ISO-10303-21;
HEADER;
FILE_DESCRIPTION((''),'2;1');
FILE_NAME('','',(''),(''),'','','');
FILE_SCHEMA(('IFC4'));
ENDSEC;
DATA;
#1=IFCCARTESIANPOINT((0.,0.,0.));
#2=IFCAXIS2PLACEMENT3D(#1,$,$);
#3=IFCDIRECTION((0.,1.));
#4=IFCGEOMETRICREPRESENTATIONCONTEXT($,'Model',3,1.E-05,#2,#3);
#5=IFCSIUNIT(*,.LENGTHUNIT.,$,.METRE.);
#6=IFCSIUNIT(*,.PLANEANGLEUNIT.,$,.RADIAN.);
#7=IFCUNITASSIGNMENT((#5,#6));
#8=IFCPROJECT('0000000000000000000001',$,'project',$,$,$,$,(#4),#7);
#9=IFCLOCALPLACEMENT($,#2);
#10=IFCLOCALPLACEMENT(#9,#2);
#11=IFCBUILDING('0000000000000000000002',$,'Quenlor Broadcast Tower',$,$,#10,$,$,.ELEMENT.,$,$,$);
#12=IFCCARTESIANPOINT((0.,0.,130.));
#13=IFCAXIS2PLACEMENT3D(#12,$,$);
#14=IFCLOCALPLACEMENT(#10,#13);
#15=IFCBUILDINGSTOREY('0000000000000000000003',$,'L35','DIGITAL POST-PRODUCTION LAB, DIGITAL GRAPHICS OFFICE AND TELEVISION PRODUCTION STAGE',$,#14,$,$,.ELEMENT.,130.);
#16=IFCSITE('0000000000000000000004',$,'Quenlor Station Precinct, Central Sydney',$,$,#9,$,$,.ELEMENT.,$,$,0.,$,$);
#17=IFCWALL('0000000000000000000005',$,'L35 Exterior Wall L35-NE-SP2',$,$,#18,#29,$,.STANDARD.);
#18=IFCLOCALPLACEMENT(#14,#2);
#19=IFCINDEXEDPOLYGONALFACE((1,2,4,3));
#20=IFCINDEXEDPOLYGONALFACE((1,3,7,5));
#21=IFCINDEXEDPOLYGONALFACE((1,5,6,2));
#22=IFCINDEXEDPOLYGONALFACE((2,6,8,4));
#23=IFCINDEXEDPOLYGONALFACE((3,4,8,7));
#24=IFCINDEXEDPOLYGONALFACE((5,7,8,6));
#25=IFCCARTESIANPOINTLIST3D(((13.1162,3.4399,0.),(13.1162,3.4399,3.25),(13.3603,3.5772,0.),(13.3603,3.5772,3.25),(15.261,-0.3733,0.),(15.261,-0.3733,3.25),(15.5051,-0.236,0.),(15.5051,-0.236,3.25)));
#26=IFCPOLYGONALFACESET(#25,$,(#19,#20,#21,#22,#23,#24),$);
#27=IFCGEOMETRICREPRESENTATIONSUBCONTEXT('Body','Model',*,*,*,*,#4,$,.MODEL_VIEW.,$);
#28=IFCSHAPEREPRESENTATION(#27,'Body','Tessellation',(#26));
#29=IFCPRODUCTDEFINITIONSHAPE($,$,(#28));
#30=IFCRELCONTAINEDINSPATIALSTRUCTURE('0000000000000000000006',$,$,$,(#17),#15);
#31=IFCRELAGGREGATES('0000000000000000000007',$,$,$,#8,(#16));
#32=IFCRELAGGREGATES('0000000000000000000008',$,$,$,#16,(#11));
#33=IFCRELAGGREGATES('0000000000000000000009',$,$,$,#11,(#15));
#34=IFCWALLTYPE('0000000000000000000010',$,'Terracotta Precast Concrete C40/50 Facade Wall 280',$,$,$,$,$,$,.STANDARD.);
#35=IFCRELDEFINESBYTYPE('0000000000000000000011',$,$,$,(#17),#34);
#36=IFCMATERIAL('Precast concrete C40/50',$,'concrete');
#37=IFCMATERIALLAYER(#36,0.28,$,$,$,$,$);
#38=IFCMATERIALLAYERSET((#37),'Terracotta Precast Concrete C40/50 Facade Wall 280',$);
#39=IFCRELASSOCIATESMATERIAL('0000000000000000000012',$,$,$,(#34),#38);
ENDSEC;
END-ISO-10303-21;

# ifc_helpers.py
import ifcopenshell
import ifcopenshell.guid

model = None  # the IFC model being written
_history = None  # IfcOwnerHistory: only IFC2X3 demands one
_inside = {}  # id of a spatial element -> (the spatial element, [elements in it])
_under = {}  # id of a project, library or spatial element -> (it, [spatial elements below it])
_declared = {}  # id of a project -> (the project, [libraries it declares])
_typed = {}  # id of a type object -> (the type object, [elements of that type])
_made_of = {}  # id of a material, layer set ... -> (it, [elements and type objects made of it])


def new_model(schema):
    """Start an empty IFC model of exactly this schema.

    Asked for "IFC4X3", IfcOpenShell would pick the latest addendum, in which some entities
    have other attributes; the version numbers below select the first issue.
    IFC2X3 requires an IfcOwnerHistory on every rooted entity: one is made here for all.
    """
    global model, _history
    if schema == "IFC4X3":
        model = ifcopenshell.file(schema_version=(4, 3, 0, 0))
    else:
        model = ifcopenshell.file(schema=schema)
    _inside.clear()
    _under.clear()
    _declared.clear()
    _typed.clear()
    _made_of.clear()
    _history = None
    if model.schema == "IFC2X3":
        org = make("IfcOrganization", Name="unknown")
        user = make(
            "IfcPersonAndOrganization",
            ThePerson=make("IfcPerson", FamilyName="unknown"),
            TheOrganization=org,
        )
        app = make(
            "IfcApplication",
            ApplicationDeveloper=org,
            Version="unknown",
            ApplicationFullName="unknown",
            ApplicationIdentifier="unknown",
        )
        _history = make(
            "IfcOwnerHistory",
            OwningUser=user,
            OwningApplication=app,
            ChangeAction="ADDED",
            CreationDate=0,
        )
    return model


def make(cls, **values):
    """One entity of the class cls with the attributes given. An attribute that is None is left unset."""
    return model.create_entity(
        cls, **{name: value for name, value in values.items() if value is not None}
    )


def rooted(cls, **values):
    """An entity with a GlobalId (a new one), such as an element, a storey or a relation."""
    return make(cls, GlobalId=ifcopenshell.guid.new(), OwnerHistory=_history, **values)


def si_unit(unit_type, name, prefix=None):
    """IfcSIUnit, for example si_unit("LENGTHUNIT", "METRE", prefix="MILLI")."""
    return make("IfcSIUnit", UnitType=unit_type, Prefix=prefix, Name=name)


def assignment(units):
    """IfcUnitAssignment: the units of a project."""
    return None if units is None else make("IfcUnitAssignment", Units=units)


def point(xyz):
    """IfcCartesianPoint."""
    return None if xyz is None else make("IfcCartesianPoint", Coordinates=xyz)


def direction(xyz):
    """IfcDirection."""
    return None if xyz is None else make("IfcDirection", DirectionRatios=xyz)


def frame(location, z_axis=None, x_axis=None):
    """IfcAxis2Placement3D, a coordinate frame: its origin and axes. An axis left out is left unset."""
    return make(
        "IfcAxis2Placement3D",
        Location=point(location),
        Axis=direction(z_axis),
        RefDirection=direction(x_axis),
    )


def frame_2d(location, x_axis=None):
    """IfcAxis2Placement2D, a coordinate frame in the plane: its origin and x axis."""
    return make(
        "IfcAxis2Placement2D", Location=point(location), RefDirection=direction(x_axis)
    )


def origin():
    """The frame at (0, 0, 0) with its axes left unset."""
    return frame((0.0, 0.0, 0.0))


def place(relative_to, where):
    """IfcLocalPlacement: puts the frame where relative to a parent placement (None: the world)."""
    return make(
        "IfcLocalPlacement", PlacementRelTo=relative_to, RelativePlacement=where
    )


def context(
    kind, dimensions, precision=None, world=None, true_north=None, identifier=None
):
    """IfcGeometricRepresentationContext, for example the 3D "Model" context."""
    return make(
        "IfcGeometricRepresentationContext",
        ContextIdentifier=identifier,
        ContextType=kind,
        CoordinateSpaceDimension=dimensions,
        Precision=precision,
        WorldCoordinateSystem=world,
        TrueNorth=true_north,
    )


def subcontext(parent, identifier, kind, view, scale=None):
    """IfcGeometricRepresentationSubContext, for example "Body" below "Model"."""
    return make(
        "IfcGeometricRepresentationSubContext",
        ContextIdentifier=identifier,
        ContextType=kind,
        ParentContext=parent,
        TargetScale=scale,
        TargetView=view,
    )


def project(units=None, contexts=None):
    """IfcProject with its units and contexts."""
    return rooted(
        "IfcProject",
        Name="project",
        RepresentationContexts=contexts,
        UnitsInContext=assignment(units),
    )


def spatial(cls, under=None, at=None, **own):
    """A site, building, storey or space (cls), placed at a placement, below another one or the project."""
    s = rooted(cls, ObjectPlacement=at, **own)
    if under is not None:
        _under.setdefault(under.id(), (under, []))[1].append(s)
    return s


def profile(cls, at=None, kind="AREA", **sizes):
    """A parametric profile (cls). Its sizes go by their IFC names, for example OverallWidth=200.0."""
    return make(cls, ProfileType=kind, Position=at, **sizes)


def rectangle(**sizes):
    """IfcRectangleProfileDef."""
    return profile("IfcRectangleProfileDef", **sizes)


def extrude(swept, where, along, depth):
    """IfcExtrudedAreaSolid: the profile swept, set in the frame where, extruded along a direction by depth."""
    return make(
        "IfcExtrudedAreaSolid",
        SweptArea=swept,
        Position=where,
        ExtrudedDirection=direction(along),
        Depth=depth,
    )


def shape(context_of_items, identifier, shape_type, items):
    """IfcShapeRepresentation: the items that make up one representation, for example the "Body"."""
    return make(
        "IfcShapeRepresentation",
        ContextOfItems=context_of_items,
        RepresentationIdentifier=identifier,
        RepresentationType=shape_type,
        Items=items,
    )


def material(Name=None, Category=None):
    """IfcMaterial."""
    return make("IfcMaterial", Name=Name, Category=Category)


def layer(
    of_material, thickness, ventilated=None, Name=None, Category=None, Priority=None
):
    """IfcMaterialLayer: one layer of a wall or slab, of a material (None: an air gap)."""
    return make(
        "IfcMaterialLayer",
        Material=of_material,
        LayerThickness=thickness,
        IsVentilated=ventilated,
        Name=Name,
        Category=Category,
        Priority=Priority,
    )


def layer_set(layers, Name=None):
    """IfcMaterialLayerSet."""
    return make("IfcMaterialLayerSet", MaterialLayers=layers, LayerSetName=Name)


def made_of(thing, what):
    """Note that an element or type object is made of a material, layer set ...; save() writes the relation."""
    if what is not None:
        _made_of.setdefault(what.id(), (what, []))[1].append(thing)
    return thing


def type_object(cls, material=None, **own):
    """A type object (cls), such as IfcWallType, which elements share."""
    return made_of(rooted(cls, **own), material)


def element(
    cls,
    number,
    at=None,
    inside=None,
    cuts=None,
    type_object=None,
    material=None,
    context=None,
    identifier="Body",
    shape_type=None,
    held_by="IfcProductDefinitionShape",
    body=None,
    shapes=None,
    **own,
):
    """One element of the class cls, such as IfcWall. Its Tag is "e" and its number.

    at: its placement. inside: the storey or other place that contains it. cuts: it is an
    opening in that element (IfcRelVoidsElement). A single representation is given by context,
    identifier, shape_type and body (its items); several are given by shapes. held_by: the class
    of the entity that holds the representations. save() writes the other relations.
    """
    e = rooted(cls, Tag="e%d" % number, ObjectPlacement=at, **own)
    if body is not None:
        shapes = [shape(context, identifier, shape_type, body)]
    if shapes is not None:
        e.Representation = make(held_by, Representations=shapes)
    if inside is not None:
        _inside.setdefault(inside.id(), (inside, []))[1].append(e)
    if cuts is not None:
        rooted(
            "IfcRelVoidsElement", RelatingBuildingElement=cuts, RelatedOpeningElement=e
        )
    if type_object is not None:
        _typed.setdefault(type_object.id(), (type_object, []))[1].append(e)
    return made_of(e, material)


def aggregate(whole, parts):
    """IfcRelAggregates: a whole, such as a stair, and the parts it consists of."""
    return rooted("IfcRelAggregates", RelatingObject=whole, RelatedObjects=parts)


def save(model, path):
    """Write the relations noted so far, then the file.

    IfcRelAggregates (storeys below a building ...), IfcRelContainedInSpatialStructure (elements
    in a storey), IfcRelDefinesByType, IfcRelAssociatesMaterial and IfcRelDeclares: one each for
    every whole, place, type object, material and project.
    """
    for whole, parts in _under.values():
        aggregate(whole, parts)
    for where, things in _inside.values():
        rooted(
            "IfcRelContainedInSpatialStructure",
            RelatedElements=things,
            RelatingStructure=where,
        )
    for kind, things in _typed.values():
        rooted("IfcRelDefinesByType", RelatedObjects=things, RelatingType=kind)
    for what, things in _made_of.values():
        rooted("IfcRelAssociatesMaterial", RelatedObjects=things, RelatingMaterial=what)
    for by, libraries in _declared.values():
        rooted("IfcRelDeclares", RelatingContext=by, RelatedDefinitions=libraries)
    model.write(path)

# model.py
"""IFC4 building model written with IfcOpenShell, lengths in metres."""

from ifc_helpers import new_model, si_unit, direction, frame, frame_2d, origin, place, context, subcontext, project, spatial, rectangle, extrude, material, layer, layer_set, type_object, element, save


model = new_model("IFC4")

# Units and contexts
model_context = context("Model", 3, precision=1e-05, world=origin(), true_north=direction((0.0, 1.0)))
body_context = subcontext(model_context, "Body", "Model", "MODEL_VIEW")
ifc_project = project(units=[si_unit("LENGTHUNIT", "METRE"), si_unit("PLANEANGLEUNIT", "RADIAN")], contexts=[model_context])

# Site, building, storey
site_placement = place(None, origin())
site = spatial("IfcSite", under=ifc_project, at=site_placement, Name="Quenlor Station Precinct, Central Sydney", CompositionType="ELEMENT", RefElevation=0.0)
building_placement = place(site_placement, origin())
building = spatial("IfcBuilding", under=site, at=building_placement, Name="Quenlor Broadcast Tower", CompositionType="ELEMENT")
storey_placement = place(building_placement, frame((0.0, 0.0, 130.0)))
storey = spatial("IfcBuildingStorey", under=building, at=storey_placement, Name="L35", Description="DIGITAL POST-PRODUCTION LAB, DIGITAL GRAPHICS OFFICE AND TELEVISION PRODUCTION STAGE", CompositionType="ELEMENT", Elevation=130.0)

# Wall
ifc_material_1 = material(Name="Precast concrete C40/50", Category="concrete")
ifc_layer_1 = layer(ifc_material_1, 0.28)
ifc_layer_set_1 = layer_set([ifc_layer_1], Name="Terracotta Precast Concrete C40/50 Facade Wall 280")
wall_type_1 = type_object("IfcWallType", Name="Terracotta Precast Concrete C40/50 Facade Wall 280", PredefinedType="STANDARD", material=ifc_layer_set_1)
wall_1_placement = place(storey_placement, frame((13.2383, 3.5085, 0.0), z_axis=(0.0, 0.0, 1.0), x_axis=(0.490232, -0.871592, 0.0)))
element("IfcWall", 1, at=wall_1_placement, inside=storey, type_object=wall_type_1, Name="L35 Exterior Wall L35-NE-SP2", PredefinedType="STANDARD", context=body_context, shape_type="SweptSolid", body=[
    extrude(rectangle(XDim=4.375, YDim=0.28, at=frame_2d((2.1875, 0.0))), origin(), (0.0, 0.0, 1.0), 3.25),
])

save(model, "model.ifc")
